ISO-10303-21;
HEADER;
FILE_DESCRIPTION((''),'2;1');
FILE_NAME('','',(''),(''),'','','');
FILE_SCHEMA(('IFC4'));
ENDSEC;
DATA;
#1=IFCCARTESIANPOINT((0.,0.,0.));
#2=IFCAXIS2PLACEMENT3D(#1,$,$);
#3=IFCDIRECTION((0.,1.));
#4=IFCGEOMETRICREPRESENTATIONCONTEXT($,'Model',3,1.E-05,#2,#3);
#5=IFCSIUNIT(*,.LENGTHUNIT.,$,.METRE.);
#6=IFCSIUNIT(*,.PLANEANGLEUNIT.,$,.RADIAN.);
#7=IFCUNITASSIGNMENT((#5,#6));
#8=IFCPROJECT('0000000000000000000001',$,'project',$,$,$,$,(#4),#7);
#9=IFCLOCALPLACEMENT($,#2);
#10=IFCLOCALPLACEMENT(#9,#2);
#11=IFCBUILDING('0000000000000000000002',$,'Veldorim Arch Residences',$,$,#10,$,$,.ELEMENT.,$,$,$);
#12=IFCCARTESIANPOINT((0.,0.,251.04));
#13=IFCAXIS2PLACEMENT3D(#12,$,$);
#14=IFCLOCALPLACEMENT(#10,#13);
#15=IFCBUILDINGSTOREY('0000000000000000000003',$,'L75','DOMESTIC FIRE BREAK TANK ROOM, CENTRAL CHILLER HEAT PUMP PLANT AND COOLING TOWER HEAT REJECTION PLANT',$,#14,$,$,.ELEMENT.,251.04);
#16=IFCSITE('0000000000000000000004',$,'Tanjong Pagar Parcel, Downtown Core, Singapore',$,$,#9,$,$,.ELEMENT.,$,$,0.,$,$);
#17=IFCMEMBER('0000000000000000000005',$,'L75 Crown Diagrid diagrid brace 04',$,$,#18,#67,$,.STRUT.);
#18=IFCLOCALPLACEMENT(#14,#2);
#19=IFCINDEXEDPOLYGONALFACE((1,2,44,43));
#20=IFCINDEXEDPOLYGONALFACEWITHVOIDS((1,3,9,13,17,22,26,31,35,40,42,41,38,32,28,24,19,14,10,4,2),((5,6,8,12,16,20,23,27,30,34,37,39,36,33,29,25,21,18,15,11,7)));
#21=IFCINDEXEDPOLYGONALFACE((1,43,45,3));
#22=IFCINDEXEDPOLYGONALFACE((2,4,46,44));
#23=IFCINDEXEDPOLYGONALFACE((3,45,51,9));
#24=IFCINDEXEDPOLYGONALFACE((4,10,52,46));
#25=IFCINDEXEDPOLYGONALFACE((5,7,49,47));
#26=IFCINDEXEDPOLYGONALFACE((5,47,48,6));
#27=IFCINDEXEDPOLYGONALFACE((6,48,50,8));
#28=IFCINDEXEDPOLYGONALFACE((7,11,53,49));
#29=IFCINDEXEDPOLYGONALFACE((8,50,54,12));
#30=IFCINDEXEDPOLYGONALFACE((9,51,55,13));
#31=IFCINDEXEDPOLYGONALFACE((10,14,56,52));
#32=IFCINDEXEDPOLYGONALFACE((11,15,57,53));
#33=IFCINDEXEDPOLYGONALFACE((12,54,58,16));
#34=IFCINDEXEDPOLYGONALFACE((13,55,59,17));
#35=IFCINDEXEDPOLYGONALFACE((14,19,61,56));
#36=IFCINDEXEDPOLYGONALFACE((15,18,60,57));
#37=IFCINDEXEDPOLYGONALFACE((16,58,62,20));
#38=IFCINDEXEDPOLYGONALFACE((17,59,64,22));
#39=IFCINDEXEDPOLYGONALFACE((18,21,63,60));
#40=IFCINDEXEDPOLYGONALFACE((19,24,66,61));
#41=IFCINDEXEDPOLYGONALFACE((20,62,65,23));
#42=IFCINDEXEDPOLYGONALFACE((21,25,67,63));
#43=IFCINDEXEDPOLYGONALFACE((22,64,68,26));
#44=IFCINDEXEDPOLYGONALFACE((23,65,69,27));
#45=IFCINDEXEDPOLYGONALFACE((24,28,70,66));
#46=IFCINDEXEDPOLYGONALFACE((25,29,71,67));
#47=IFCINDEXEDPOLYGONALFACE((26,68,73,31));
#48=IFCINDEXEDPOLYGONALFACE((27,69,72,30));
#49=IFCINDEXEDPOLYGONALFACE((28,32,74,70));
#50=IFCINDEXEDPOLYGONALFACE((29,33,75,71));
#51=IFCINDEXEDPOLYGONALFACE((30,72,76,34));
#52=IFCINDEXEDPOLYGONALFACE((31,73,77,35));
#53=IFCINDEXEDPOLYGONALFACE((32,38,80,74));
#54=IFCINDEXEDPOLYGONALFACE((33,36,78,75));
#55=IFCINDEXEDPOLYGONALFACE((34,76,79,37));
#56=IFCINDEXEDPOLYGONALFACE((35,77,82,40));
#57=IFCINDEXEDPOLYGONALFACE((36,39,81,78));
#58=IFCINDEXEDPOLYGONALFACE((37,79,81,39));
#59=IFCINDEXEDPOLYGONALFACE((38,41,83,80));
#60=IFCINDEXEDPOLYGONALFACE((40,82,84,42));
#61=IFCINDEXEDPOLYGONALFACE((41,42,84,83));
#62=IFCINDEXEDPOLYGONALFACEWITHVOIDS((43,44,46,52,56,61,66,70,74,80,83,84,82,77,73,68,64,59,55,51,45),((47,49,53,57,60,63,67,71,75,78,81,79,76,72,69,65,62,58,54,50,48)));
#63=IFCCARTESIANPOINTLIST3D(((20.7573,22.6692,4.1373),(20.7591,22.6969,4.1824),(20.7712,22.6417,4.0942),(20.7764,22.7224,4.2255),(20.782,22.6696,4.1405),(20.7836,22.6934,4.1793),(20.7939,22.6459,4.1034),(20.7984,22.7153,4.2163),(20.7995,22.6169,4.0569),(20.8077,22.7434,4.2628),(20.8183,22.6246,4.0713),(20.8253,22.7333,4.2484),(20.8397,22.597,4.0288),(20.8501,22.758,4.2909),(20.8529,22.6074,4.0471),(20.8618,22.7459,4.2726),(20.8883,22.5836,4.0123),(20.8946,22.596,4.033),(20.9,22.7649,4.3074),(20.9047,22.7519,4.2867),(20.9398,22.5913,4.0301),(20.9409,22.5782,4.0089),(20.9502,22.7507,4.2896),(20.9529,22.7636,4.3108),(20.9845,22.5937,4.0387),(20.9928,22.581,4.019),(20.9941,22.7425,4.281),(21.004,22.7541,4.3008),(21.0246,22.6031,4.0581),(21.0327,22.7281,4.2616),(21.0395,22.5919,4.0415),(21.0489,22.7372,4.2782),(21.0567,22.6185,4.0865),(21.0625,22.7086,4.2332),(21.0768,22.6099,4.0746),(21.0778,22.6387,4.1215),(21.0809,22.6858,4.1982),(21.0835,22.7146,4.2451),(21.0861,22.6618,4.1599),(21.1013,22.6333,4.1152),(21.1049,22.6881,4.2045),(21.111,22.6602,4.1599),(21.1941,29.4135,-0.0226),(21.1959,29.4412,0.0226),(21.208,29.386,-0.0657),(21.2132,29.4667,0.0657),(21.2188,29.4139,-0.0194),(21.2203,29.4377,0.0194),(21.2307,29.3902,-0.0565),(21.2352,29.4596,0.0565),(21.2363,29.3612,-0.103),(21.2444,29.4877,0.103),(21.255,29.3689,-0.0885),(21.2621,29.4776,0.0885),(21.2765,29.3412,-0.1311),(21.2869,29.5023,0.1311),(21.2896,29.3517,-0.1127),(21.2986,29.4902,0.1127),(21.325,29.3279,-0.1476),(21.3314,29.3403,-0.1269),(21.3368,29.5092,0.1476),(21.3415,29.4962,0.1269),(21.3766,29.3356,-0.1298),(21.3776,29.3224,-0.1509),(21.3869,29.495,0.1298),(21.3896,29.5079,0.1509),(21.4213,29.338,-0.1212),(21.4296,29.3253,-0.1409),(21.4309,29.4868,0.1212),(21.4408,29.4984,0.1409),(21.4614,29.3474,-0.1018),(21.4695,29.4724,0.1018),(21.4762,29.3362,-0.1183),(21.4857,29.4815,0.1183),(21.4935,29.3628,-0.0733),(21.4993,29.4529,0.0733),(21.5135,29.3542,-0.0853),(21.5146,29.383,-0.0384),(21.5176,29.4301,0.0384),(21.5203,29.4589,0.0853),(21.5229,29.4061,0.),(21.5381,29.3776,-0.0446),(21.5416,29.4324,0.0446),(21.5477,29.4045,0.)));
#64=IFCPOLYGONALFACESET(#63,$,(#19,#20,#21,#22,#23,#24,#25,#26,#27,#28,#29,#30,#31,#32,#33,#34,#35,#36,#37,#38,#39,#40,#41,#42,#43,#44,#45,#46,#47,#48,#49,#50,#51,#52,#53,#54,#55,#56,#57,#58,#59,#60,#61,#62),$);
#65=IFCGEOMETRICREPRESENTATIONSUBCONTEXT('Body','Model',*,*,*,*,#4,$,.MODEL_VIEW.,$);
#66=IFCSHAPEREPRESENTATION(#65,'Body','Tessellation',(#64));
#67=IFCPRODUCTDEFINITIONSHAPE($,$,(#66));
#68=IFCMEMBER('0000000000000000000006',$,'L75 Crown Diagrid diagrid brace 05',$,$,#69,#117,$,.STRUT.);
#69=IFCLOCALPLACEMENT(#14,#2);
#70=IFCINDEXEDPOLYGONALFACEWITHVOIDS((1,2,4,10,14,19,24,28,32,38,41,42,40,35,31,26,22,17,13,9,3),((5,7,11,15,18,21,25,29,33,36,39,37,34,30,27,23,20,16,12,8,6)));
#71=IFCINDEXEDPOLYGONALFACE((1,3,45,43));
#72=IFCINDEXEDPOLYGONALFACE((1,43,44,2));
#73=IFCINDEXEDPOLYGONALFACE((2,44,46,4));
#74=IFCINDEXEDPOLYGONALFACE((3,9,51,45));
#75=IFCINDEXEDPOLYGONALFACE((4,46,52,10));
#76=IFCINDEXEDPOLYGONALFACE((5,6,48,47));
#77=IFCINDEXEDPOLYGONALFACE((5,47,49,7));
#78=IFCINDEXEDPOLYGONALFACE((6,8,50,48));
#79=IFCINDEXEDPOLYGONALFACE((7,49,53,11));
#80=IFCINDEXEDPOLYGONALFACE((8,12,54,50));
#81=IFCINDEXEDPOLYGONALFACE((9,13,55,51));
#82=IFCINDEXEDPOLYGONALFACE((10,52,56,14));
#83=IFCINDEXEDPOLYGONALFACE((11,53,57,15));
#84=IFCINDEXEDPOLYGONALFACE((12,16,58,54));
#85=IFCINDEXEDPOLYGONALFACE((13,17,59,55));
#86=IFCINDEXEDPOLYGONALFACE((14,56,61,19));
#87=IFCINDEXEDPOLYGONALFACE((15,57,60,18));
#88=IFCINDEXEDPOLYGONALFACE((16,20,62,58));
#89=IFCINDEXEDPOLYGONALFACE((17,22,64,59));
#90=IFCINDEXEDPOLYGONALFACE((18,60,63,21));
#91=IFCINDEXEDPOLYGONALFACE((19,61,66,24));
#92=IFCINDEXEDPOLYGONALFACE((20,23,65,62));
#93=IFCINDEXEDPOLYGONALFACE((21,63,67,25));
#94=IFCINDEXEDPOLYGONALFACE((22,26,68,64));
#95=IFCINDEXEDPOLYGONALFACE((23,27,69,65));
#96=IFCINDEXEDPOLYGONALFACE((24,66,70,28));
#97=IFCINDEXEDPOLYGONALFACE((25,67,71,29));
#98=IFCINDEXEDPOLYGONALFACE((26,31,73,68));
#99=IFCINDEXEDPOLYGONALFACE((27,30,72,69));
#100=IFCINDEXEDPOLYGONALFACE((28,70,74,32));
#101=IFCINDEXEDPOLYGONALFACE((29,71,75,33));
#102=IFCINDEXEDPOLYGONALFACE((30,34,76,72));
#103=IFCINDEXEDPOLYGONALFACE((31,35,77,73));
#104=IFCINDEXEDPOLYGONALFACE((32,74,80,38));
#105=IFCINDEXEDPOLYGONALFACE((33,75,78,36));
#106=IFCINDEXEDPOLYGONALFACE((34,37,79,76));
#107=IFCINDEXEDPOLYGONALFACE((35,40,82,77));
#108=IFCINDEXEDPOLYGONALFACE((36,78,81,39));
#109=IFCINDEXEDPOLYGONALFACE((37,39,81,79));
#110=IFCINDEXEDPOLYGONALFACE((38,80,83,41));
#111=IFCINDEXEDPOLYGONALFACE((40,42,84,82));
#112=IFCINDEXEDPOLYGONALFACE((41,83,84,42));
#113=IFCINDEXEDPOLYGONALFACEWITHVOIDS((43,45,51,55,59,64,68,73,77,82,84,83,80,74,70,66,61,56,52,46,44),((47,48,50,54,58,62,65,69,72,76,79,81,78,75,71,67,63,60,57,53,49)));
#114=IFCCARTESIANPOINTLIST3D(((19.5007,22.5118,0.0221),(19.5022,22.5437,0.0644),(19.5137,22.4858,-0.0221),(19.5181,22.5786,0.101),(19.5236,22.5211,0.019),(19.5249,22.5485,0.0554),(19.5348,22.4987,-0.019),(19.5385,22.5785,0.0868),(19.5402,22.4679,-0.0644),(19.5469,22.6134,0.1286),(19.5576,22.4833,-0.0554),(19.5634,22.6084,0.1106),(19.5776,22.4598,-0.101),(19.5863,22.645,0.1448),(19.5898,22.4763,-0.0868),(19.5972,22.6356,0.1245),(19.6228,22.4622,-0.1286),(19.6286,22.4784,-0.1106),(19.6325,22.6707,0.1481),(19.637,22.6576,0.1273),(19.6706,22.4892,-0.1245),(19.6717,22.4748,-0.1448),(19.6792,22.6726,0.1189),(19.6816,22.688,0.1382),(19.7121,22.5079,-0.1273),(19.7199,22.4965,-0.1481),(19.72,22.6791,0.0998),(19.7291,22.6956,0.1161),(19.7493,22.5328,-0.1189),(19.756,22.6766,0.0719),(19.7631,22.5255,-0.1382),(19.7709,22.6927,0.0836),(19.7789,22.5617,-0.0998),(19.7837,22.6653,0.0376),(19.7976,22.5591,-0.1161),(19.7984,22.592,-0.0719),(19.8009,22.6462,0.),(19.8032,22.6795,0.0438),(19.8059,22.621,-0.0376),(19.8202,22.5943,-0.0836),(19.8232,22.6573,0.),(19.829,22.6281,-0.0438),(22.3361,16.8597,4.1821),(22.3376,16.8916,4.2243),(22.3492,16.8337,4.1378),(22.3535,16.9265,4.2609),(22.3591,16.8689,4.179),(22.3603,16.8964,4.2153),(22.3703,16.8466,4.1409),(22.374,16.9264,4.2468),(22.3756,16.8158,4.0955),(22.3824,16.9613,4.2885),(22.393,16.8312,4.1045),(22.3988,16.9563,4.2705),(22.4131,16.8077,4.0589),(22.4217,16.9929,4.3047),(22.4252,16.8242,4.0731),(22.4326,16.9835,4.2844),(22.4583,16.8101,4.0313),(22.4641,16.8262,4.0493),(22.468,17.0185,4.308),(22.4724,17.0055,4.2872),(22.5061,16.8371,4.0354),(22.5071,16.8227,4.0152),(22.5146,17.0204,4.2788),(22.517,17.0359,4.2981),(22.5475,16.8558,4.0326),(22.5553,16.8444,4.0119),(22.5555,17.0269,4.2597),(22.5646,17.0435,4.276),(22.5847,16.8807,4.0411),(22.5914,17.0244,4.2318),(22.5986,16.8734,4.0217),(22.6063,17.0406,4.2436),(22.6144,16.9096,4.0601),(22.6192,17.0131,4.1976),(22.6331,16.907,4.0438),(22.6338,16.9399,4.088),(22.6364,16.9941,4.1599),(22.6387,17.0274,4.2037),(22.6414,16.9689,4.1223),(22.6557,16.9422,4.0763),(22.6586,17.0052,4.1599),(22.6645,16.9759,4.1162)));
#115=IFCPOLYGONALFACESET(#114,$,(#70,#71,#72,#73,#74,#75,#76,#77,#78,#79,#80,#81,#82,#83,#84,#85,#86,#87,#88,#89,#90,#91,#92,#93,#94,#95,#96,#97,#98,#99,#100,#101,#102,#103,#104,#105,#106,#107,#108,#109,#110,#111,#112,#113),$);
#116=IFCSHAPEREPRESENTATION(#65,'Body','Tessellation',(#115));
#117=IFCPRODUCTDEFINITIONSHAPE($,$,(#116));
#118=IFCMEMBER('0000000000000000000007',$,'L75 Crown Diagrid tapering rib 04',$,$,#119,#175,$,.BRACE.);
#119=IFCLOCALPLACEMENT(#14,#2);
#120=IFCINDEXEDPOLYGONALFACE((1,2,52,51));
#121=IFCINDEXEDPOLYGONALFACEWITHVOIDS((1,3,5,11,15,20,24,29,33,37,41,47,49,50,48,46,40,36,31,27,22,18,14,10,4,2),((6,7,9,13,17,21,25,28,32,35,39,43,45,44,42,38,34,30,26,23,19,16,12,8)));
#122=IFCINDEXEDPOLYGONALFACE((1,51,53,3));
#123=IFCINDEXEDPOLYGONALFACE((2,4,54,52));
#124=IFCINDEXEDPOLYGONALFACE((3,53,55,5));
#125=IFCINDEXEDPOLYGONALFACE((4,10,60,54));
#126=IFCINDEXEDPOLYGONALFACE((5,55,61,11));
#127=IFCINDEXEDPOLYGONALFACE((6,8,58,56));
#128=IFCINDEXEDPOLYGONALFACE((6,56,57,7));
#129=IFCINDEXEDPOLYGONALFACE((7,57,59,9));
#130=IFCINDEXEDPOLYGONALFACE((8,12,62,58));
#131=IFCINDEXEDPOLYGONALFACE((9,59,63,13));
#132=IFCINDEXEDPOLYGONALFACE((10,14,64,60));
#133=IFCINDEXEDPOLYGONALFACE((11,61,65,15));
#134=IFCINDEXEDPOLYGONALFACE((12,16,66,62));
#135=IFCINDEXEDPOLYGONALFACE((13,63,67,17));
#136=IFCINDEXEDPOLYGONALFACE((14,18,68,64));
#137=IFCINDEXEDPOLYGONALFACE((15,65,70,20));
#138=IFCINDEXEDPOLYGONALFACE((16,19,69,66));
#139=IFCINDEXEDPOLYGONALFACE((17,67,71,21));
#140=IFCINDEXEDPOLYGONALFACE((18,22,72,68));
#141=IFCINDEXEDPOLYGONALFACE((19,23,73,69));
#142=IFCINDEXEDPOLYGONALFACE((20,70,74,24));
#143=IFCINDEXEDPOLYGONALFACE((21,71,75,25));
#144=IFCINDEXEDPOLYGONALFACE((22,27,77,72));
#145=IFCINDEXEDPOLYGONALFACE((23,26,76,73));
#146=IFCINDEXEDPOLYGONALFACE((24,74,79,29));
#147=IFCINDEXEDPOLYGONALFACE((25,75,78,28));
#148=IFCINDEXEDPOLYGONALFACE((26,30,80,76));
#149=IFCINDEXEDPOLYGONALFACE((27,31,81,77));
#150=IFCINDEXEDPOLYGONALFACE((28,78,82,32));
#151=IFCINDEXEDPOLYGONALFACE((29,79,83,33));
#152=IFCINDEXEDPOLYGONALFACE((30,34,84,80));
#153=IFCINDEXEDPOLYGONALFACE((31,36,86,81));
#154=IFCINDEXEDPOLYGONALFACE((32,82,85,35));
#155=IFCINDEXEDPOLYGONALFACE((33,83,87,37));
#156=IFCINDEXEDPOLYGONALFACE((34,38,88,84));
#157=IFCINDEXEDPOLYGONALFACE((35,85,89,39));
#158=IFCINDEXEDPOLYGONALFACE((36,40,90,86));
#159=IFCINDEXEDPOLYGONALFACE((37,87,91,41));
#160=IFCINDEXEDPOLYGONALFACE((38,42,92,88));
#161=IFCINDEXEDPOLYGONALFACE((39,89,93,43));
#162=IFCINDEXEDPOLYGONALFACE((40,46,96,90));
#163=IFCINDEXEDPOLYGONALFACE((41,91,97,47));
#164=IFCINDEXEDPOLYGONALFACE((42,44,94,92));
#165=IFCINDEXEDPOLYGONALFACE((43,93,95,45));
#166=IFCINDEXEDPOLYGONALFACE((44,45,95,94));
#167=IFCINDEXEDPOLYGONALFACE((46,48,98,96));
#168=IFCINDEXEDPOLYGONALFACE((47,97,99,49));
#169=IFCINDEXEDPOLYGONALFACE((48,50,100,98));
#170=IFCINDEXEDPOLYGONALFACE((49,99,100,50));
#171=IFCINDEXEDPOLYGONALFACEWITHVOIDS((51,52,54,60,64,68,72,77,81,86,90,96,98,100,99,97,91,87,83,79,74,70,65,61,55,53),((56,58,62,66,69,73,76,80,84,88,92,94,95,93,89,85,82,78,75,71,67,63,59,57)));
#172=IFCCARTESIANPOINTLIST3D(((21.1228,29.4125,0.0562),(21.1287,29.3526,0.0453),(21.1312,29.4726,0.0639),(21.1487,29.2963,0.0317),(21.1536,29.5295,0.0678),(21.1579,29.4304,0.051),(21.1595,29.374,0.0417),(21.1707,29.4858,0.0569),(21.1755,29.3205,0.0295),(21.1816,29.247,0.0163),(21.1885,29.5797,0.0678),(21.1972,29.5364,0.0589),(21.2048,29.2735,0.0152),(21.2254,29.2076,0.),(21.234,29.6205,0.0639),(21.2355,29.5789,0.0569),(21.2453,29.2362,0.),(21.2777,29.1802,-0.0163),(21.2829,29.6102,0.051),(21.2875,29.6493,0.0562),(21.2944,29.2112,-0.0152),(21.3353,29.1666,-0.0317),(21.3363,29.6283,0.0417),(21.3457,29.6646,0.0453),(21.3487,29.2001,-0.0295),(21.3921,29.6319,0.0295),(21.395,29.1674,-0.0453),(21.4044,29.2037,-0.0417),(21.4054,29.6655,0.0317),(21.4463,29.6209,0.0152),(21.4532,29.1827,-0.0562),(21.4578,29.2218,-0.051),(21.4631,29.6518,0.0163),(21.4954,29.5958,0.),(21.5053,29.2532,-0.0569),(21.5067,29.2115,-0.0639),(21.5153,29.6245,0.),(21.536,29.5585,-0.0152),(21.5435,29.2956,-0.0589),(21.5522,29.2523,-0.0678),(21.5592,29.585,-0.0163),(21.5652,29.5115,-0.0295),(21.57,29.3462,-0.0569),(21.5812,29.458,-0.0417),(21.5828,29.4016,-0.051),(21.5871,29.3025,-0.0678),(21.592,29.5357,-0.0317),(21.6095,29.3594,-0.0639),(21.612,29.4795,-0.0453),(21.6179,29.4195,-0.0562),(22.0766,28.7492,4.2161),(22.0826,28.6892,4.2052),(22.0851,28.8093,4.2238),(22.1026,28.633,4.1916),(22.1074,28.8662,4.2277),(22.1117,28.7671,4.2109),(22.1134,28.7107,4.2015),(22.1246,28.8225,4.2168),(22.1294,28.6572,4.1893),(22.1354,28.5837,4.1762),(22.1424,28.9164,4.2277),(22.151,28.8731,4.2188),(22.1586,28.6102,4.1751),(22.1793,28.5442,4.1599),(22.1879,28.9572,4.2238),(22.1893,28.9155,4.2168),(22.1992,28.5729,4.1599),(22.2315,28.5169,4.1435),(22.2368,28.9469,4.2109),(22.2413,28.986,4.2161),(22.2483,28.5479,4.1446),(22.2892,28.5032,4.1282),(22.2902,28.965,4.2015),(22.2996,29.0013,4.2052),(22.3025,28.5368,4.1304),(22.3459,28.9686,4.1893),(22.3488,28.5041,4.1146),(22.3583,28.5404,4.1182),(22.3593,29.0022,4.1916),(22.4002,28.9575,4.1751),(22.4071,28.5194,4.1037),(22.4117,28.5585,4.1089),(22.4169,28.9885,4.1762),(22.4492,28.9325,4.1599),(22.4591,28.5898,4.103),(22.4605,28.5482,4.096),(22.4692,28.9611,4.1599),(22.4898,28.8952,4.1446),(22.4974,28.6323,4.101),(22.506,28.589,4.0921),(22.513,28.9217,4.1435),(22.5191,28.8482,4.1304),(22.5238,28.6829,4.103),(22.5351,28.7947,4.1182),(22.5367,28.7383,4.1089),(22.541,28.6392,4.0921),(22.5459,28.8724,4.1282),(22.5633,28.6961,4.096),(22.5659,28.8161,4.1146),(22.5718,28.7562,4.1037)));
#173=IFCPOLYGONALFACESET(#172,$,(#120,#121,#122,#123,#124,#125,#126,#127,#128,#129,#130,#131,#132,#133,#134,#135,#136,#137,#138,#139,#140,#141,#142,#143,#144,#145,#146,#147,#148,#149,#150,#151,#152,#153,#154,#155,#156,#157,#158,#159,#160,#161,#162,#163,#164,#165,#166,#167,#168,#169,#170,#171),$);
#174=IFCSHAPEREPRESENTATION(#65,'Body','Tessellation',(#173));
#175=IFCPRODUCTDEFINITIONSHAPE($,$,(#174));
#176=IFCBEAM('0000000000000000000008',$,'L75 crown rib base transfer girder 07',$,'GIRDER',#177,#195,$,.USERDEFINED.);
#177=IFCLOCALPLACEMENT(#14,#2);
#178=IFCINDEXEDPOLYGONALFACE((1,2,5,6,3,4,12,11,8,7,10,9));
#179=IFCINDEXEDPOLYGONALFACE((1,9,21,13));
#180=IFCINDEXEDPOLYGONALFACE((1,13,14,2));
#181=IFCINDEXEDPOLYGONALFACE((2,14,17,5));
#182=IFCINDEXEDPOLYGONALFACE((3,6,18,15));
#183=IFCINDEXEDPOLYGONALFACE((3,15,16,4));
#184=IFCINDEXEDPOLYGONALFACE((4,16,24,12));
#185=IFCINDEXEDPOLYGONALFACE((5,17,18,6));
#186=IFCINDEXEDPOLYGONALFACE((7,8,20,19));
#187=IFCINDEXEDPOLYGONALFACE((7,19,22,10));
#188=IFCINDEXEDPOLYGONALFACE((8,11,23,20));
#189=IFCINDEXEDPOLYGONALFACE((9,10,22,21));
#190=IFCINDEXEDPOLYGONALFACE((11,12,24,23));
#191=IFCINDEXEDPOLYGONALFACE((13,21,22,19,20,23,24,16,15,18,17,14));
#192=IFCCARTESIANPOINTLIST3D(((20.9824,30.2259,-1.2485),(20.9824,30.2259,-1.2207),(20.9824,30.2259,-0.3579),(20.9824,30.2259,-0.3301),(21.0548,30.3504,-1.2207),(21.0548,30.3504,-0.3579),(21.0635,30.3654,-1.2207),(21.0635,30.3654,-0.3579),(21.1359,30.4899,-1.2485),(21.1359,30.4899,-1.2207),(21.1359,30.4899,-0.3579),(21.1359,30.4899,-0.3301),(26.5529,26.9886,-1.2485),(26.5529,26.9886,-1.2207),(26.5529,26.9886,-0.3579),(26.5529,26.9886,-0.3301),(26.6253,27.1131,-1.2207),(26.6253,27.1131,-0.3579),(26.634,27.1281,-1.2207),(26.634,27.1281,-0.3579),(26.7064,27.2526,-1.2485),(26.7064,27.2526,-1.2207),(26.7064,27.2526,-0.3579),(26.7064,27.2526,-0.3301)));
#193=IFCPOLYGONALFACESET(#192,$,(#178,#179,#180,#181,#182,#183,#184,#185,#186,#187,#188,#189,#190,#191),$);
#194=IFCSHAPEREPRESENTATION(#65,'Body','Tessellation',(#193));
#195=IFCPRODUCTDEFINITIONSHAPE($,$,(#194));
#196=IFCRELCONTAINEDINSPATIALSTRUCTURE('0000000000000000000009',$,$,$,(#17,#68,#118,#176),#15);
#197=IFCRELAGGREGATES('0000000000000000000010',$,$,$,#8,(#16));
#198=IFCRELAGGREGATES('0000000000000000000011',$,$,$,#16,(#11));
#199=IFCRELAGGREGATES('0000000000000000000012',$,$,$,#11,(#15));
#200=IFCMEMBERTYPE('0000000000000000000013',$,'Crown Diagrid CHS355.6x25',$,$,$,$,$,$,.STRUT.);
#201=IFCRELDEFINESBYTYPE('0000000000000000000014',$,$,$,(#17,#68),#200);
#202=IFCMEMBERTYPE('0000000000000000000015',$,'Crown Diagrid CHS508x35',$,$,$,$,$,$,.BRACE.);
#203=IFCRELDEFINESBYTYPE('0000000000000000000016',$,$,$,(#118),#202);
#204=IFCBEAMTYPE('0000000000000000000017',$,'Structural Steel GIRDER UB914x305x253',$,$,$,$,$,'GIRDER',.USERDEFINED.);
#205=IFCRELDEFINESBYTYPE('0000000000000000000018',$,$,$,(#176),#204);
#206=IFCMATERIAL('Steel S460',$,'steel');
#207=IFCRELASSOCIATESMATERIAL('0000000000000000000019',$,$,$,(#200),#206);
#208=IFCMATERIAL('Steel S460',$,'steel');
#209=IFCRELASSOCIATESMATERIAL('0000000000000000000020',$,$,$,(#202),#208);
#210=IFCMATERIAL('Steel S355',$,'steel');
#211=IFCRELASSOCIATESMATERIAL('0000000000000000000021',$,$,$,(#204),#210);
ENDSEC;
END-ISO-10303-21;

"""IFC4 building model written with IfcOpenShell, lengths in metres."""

from ifc_helpers import new_model, si_unit, direction, frame, origin, origin_2d, place, context, subcontext, project, spatial, hollow_circle, i_section, extrude, material, material_profile, profile_set, type_object, element, save


model = new_model("IFC4")

# Units and contexts
model_context = context("Model", 3, precision=1e-05, world=origin(), true_north=direction((0.0, 1.0)))
body_context = subcontext(model_context, "Body", "Model", "MODEL_VIEW")
ifc_project = project(units=[si_unit("LENGTHUNIT", "METRE"), si_unit("PLANEANGLEUNIT", "RADIAN")], contexts=[model_context])

# Site, building, storey
site_placement = place(None, origin())
site = spatial("IfcSite", under=ifc_project, at=site_placement, Name="Tanjong Pagar Parcel, Downtown Core, Singapore", CompositionType="ELEMENT", RefElevation=0.0)
building_placement = place(site_placement, origin())
building = spatial("IfcBuilding", under=site, at=building_placement, Name="Veldorim Arch Residences", CompositionType="ELEMENT")
storey_placement = place(building_placement, frame((0.0, 0.0, 251.04)))
storey = spatial("IfcBuildingStorey", under=building, at=storey_placement, Name="L75", Description="DOMESTIC FIRE BREAK TANK ROOM, CENTRAL CHILLER HEAT PUMP PLANT AND COOLING TOWER HEAT REJECTION PLANT", CompositionType="ELEMENT", Elevation=251.04)

# Members
ifc_material_1 = material(Name="Steel S460", Category="steel")
ifc_material_profile_1 = material_profile(ifc_material_1, hollow_circle(Radius=0.1777, WallThickness=0.0249, at=origin_2d()), Name="CHS355.6x25")
ifc_profile_set_1 = profile_set([ifc_material_profile_1], Name="Steel S460")
member_type_1 = type_object("IfcMemberType", Name="Crown Diagrid CHS355.6x25", PredefinedType="STRUT", material=ifc_profile_set_1)
member_1_placement = place(storey_placement, frame((21.3704, 29.416, 0.0), z_axis=(-0.055035, -0.849832, 0.524173), x_axis=(0.99791, -0.064625, 0.0)))
element("IfcMember", 1, at=member_1_placement, inside=storey, type_object=member_type_1, Name="L75 Crown Diagrid diagrid brace 04", PredefinedType="STRUT", context=body_context, shape_type="SweptSolid", body=[
    extrude(hollow_circle(Radius=0.1777, WallThickness=0.0249, at=origin_2d()), origin(), (0.0, 0.0, 1.0), 7.936),
])
member_2_placement = place(storey_placement, frame((19.6643, 22.5776, 0.0), z_axis=(0.37461, -0.746736, 0.549593), x_axis=(0.893832, 0.448402, 0.0)))
element("IfcMember", 2, at=member_2_placement, inside=storey, type_object=member_type_1, Name="L75 Crown Diagrid diagrid brace 05", PredefinedType="STRUT", context=body_context, shape_type="SweptSolid", body=[
    extrude(hollow_circle(Radius=0.1777, WallThickness=0.0249, at=origin_2d()), origin(), (0.0, 0.0, 1.0), 7.5691),
])
ifc_material_2 = material(Name="Steel S460", Category="steel")
ifc_material_profile_2 = material_profile(ifc_material_2, hollow_circle(Radius=0.2539, WallThickness=0.0349, at=origin_2d()), Name="CHS508x35")
ifc_profile_set_2 = profile_set([ifc_material_profile_2], Name="Steel S460")
member_type_2 = type_object("IfcMemberType", Name="Crown Diagrid CHS508x35", PredefinedType="BRACE", material=ifc_profile_set_2)
member_3_placement = place(storey_placement, frame((21.3704, 29.416, 0.0), z_axis=(0.220846, -0.15358, 0.963141), x_axis=(0.570935, 0.820995, 0.0)))
element("IfcMember", 3, at=member_3_placement, inside=storey, type_object=member_type_2, Name="L75 Crown Diagrid tapering rib 04", PredefinedType="BRACE", context=body_context, shape_type="SweptSolid", body=[
    extrude(hollow_circle(Radius=0.2539, WallThickness=0.0349, at=origin_2d()), origin(), (0.0, 0.0, 1.0), 4.3191),
])

# Beam
ifc_material_3 = material(Name="Steel S355", Category="steel")
ifc_material_profile_3 = material_profile(ifc_material_3, i_section(OverallWidth=0.3054, OverallDepth=0.9185, WebThickness=0.0173, FlangeThickness=0.0278, at=origin_2d()), Name="UB914x305x253")
ifc_profile_set_3 = profile_set([ifc_material_profile_3], Name="Steel S355")
beam_type = type_object("IfcBeamType", Name="Structural Steel GIRDER UB914x305x253", ElementType="GIRDER", PredefinedType="USERDEFINED", material=ifc_profile_set_3)
beam_1_placement = place(storey_placement, frame((26.6296, 27.1206, -0.7893), z_axis=(-0.864601, 0.502459, 0.0), x_axis=(-0.502459, -0.864601, 0.0)))
element("IfcBeam", 4, at=beam_1_placement, inside=storey, type_object=beam_type, Name="L75 crown rib base transfer girder 07", ObjectType="GIRDER", PredefinedType="USERDEFINED", context=body_context, shape_type="SweptSolid", body=[
    extrude(i_section(OverallWidth=0.3054, OverallDepth=0.9185, WebThickness=0.0173, FlangeThickness=0.0278, at=origin_2d()), origin(), (0.0, 0.0, 1.0), 6.4429),
])

save(model, "model.ifc")
